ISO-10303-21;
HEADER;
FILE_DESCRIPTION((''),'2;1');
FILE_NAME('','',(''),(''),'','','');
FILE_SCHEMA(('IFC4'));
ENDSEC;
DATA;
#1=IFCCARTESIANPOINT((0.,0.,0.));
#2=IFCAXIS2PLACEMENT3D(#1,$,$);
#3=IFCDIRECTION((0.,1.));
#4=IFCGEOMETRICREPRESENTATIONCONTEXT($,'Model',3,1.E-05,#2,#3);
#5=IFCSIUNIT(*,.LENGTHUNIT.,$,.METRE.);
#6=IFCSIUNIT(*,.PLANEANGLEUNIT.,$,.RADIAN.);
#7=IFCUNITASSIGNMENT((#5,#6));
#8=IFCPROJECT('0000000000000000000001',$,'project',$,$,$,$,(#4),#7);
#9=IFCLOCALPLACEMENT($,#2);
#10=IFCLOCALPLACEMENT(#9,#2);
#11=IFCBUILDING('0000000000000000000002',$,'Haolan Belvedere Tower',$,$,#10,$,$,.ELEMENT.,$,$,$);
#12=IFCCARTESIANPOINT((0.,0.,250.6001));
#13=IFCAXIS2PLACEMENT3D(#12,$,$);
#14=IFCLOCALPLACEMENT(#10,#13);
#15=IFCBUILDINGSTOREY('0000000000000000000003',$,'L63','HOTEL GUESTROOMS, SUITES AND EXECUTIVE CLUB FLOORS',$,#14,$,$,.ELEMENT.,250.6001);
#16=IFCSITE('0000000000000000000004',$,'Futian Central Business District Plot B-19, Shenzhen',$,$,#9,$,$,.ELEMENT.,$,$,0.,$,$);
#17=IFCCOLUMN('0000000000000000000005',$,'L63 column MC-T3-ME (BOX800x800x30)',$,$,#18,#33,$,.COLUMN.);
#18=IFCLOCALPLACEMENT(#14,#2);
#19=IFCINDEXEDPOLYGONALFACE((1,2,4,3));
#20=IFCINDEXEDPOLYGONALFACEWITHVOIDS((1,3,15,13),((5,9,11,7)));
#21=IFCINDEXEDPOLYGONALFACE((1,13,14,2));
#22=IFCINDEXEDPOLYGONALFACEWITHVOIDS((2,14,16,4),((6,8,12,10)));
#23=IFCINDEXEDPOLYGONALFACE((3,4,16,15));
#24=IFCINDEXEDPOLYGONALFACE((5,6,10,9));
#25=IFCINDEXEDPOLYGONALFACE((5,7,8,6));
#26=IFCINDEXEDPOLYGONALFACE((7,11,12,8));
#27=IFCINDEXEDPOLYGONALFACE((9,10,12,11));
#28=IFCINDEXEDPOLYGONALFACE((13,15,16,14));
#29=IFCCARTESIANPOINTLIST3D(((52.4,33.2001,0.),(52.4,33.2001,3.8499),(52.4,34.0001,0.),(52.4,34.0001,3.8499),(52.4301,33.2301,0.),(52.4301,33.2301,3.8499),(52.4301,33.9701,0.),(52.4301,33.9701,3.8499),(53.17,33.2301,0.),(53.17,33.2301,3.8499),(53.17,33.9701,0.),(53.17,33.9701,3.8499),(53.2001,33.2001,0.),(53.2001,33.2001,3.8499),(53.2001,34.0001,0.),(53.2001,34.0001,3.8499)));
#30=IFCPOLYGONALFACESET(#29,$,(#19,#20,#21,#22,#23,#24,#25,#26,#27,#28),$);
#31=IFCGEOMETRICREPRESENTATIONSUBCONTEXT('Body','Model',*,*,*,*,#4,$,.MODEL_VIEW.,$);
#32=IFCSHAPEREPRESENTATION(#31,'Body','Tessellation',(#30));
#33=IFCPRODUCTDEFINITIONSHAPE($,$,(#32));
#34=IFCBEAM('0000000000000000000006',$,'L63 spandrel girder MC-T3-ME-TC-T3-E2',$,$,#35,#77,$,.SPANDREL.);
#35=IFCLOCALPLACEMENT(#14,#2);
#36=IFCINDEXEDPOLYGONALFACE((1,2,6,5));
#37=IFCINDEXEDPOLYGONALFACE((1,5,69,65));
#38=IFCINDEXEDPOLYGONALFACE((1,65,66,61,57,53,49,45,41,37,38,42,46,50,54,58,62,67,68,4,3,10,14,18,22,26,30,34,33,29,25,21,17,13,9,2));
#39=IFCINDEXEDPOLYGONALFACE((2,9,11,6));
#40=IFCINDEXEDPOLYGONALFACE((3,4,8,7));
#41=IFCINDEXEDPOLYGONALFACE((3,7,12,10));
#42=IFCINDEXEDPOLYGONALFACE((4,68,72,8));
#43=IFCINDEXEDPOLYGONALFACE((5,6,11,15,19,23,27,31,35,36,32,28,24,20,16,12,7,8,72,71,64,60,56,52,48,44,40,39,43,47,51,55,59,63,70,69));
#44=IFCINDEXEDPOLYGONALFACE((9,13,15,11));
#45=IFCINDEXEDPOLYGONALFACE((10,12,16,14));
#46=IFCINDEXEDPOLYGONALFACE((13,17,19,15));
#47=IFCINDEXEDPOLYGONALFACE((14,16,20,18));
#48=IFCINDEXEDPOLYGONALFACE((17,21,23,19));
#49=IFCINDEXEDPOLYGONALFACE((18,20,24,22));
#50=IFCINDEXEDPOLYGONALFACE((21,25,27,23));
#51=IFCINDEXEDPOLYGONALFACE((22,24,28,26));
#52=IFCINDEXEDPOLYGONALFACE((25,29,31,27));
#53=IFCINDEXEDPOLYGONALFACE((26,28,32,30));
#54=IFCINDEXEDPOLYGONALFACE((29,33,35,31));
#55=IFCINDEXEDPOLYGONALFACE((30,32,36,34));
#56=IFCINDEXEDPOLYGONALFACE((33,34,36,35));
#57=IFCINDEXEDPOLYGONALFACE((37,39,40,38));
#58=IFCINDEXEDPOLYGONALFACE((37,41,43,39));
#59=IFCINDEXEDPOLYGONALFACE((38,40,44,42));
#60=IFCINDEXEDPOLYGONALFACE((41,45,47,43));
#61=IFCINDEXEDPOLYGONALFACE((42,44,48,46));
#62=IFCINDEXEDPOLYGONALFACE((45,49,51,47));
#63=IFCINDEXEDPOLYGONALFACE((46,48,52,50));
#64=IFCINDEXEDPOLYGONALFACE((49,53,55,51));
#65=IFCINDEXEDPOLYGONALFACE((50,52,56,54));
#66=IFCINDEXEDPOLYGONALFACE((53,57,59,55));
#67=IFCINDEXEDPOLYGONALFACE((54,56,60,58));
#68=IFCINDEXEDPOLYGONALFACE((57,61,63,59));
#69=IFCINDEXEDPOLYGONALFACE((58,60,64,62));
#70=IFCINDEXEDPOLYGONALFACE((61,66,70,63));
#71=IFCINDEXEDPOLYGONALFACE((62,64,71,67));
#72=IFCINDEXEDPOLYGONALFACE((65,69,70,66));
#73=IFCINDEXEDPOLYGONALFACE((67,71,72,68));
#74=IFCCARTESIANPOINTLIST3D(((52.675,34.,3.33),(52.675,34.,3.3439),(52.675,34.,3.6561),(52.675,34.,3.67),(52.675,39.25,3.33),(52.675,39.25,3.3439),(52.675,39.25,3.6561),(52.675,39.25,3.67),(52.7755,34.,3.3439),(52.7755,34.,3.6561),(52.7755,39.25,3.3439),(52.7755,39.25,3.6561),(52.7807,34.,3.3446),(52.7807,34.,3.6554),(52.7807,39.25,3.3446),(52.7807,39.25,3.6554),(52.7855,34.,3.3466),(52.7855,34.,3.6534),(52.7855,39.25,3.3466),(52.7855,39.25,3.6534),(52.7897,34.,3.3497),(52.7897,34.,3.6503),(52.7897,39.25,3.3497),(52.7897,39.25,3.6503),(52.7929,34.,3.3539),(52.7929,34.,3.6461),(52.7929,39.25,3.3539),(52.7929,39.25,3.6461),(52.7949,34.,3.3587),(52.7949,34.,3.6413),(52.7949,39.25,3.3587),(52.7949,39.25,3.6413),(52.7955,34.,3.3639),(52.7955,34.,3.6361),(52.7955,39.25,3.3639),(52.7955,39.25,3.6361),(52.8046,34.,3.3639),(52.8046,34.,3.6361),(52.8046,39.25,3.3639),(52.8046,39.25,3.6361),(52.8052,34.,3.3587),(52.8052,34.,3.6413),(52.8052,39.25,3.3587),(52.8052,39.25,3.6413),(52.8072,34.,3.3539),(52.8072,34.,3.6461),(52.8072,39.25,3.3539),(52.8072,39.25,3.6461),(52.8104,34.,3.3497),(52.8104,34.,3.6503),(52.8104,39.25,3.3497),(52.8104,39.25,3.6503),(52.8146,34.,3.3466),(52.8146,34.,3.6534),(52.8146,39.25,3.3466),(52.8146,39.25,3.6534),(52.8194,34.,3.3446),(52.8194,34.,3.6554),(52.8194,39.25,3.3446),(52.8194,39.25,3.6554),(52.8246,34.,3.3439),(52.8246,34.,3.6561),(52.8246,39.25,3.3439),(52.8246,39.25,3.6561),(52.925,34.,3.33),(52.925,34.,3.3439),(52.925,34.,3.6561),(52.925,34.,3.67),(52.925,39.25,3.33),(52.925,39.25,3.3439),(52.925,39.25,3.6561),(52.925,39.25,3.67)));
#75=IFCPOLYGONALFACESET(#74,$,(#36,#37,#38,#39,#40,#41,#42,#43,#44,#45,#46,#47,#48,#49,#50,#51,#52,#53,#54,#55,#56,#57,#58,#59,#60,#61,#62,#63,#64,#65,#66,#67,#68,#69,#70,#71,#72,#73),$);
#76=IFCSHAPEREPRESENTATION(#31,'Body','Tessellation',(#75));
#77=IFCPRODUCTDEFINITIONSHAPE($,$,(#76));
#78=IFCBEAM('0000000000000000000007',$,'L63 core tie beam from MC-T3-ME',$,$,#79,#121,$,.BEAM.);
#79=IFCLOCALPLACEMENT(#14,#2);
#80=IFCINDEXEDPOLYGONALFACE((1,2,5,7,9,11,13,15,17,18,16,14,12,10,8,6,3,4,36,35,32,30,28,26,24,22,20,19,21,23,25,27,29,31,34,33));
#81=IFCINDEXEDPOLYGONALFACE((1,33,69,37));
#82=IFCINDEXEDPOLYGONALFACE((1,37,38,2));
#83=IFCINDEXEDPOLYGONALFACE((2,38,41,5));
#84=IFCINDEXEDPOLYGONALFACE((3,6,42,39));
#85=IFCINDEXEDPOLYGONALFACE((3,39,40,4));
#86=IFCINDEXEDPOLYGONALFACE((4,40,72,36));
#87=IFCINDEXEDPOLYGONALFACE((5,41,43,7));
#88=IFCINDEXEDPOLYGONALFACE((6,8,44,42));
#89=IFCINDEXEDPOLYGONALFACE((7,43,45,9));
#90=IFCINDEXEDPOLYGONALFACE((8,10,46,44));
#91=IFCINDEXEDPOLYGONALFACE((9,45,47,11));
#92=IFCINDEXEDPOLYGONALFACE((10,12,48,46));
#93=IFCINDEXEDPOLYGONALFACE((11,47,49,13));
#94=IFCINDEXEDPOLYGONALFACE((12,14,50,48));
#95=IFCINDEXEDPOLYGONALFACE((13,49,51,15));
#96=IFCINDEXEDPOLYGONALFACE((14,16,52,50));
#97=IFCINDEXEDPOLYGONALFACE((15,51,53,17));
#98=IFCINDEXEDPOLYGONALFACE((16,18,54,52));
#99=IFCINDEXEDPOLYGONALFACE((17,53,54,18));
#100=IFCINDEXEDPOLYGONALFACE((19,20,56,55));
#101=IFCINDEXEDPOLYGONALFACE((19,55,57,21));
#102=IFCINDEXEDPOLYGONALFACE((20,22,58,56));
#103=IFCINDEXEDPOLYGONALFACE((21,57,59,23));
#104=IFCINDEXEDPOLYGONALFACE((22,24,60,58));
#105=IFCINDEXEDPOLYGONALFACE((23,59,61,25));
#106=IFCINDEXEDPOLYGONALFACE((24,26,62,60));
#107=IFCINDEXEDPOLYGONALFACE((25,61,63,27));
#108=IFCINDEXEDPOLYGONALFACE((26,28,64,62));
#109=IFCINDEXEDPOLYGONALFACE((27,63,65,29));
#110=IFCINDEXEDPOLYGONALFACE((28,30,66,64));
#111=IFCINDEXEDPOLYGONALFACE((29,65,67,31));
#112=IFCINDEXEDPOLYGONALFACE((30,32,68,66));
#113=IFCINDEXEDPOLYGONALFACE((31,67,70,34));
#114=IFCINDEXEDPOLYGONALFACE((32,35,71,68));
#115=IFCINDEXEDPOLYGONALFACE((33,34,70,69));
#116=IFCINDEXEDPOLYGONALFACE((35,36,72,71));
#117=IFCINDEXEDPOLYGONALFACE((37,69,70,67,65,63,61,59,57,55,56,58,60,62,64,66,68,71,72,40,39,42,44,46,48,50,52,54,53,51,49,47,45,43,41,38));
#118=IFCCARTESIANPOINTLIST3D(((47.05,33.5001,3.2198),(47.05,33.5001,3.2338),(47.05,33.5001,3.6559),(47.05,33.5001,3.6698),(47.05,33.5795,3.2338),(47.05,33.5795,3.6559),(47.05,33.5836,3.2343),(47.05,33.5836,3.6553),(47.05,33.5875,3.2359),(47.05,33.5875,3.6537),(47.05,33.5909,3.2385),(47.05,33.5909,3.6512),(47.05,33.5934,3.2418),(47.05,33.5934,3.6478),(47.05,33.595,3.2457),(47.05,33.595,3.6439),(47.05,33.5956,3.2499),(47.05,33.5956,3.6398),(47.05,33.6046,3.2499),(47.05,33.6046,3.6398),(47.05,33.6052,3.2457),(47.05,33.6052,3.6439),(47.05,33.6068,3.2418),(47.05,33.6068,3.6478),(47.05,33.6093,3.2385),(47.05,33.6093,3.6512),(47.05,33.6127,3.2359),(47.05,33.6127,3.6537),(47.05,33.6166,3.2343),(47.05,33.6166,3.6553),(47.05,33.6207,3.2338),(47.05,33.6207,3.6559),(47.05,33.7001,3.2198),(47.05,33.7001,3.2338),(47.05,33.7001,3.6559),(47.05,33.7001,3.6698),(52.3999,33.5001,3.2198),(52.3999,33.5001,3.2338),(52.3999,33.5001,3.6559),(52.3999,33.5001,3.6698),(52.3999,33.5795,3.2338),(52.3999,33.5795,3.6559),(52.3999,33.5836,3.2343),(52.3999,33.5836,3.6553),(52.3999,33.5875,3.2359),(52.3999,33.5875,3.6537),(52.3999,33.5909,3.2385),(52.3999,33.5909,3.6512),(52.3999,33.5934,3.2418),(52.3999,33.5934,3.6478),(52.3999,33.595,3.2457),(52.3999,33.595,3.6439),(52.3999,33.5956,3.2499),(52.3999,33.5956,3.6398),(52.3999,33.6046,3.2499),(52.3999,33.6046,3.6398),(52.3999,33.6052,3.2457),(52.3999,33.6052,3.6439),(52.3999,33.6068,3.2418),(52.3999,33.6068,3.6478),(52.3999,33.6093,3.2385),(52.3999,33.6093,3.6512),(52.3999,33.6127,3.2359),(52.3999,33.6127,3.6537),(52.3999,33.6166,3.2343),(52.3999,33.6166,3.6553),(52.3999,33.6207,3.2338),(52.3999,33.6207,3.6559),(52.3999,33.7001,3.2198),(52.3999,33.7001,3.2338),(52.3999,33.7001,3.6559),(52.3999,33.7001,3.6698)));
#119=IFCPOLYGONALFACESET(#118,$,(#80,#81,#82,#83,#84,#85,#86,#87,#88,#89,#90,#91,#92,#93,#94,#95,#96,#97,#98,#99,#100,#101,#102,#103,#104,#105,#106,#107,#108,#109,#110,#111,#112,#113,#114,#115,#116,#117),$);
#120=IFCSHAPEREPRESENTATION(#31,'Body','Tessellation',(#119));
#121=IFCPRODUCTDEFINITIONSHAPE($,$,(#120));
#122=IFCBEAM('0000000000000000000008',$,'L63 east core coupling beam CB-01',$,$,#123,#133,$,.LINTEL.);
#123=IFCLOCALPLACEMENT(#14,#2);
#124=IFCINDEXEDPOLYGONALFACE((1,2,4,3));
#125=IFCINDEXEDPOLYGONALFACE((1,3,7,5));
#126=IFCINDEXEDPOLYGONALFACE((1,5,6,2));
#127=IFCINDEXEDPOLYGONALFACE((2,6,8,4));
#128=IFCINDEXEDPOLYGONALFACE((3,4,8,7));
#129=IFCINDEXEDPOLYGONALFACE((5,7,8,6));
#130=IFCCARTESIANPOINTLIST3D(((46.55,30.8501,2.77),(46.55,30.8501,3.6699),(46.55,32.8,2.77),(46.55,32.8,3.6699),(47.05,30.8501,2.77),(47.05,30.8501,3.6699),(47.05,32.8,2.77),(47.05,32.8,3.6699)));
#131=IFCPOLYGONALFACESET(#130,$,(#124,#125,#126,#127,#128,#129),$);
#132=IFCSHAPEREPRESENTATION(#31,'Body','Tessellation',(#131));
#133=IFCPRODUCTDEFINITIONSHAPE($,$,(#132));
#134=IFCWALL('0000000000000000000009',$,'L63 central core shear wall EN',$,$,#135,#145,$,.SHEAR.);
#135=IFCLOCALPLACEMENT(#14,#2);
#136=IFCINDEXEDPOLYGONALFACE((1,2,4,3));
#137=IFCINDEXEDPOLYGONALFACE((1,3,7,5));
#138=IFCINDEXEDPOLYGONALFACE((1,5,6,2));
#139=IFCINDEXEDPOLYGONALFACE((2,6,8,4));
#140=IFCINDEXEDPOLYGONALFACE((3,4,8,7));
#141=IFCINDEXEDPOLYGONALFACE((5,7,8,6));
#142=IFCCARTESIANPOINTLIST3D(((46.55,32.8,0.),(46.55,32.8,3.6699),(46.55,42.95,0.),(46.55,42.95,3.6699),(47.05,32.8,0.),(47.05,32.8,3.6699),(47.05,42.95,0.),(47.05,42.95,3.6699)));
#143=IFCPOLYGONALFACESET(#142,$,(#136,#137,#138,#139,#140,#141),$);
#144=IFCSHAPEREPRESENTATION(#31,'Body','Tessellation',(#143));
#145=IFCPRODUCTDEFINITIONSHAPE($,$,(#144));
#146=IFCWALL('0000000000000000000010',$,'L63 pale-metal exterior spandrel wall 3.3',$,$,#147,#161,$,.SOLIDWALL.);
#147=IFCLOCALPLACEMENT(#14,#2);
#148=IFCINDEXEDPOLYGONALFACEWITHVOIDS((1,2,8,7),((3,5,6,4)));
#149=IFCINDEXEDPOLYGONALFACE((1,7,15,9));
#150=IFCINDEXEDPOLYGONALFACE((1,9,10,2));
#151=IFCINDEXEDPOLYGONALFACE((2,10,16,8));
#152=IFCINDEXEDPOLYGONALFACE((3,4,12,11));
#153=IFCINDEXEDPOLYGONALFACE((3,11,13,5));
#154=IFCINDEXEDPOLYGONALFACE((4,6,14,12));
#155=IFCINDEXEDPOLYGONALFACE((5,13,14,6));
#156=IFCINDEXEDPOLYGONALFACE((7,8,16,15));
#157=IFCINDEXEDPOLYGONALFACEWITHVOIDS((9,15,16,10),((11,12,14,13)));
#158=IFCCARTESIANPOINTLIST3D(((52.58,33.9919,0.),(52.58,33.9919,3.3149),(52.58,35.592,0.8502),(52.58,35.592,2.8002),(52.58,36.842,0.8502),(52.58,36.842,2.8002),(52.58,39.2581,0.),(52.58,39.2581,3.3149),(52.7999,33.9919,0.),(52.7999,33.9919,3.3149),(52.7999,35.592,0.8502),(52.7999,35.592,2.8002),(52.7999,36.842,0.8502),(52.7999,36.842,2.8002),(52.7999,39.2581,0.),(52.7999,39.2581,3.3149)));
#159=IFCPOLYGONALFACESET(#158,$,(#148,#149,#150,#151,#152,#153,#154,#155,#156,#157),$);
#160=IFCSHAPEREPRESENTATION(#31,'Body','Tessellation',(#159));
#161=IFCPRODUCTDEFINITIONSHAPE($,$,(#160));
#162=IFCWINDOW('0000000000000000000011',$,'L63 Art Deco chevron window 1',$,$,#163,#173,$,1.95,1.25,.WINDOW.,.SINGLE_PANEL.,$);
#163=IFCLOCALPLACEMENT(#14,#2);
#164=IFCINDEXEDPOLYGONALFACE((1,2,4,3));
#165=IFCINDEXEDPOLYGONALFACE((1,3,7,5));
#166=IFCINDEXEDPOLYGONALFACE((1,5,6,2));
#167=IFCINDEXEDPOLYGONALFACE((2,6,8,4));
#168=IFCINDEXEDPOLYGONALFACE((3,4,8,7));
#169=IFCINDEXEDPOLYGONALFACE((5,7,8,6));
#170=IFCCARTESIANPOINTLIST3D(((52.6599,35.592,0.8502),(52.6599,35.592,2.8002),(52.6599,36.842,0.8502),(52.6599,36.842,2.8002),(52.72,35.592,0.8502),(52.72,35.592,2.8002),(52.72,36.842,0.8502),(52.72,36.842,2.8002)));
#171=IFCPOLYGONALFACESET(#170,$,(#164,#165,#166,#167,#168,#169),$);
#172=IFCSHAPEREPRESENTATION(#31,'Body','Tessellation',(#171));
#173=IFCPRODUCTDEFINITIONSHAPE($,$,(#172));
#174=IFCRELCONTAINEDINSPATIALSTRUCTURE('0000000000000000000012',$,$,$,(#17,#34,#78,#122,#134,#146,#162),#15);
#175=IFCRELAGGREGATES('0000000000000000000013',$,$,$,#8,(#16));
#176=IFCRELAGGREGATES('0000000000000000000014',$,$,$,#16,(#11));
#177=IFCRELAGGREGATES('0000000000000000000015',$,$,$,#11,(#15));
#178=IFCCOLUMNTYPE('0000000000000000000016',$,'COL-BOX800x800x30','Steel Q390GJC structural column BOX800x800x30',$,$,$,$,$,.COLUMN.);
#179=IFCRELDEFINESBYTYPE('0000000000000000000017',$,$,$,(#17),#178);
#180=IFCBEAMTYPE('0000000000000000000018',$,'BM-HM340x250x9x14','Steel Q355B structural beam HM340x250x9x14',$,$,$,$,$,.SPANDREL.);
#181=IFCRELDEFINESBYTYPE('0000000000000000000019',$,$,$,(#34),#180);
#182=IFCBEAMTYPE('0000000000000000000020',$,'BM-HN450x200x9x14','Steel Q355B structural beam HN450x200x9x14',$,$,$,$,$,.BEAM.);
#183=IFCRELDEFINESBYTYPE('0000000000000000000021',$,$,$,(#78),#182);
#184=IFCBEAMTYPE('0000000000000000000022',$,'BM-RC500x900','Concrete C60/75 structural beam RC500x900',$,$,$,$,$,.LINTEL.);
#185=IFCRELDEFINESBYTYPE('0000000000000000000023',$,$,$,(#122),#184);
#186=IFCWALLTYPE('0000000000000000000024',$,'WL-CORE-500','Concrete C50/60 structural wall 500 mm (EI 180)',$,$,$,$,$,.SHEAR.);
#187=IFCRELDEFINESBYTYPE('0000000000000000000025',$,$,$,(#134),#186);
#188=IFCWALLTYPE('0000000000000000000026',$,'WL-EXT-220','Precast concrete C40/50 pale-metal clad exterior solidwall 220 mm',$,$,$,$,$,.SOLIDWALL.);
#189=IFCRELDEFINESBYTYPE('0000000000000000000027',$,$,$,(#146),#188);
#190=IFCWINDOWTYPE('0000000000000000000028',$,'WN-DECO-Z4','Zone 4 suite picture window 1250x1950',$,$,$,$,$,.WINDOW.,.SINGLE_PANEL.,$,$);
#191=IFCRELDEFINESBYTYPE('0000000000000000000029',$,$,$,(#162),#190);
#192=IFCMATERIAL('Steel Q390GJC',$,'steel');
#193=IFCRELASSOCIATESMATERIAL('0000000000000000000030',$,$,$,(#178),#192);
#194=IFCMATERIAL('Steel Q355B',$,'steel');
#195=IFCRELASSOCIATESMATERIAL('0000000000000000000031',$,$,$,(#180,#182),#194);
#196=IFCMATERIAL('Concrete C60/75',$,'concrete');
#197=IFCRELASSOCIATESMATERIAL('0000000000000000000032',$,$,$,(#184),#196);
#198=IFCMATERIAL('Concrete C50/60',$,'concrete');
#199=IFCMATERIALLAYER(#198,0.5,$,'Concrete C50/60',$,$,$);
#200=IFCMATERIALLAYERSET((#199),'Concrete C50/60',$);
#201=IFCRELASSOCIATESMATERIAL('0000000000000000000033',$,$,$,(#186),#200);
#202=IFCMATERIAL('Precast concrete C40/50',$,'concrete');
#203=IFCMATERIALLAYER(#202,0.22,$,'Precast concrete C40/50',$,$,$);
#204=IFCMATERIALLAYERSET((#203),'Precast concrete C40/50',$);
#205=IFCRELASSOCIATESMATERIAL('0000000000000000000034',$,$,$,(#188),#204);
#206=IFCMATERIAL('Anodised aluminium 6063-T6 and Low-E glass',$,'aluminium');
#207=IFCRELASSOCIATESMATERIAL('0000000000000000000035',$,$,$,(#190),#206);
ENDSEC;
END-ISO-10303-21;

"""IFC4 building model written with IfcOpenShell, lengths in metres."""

from ifc_helpers import new_model, si_unit, direction, frame, frame_2d, origin, origin_2d, place, context, subcontext, project, spatial, rectangle, hollow_rectangle, i_section, extrude, material, layer, layer_set, material_profile, profile_set, type_object, element, fill, save


model = new_model("IFC4")

# Units and contexts
model_context = context("Model", 3, precision=1e-05, world=origin(), true_north=direction((0.0, 1.0)))
body_context = subcontext(model_context, "Body", "Model", "MODEL_VIEW")
ifc_project = project(units=[si_unit("LENGTHUNIT", "METRE"), si_unit("PLANEANGLEUNIT", "RADIAN")], contexts=[model_context])

# Site, building, storey
site_placement = place(None, origin())
site = spatial("IfcSite", under=ifc_project, at=site_placement, Name="Futian Central Business District Plot B-19, Shenzhen", CompositionType="ELEMENT", RefElevation=0.0)
building_placement = place(site_placement, origin())
building = spatial("IfcBuilding", under=site, at=building_placement, Name="Haolan Belvedere Tower", CompositionType="ELEMENT")
storey_placement = place(building_placement, frame((0.0, 0.0, 250.6001)))
storey = spatial("IfcBuildingStorey", under=building, at=storey_placement, Name="L63", Description="HOTEL GUESTROOMS, SUITES AND EXECUTIVE CLUB FLOORS", CompositionType="ELEMENT", Elevation=250.6001)

# Column
ifc_material_1 = material(Name="Steel Q390GJC", Category="steel")
ifc_material_profile_1 = material_profile(ifc_material_1, hollow_rectangle(XDim=0.8, YDim=0.8, WallThickness=0.03, at=origin_2d()), Name="Steel Q390GJC")
ifc_profile_set_1 = profile_set([ifc_material_profile_1], Name="Steel Q390GJC")
column_type = type_object("IfcColumnType", Name="COL-BOX800x800x30", Description="Steel Q390GJC structural column BOX800x800x30", PredefinedType="COLUMN", material=ifc_profile_set_1)
column_placement = place(storey_placement, frame((52.8, 33.6001, 0.0), z_axis=(0.0, 0.0, 1.0), x_axis=(1.0, 0.0, 0.0)))
element("IfcColumn", 1, at=column_placement, inside=storey, type_object=column_type, Name="L63 column MC-T3-ME (BOX800x800x30)", PredefinedType="COLUMN", context=body_context, shape_type="SweptSolid", body=[
    extrude(hollow_rectangle(XDim=0.8, YDim=0.8, WallThickness=0.03, at=origin_2d()), origin(), (0.0, 0.0, 1.0), 3.8499),
])

# Beams
ifc_material_2 = material(Name="Steel Q355B", Category="steel")
ifc_material_profile_2 = material_profile(ifc_material_2, i_section(OverallWidth=0.25, OverallDepth=0.3401, WebThickness=0.009, FlangeThickness=0.0139, FilletRadius=0.02, at=origin_2d()), Name="Steel Q355B")
ifc_profile_set_2 = profile_set([ifc_material_profile_2], Name="Steel Q355B")
beam_type_1 = type_object("IfcBeamType", Name="BM-HM340x250x9x14", Description="Steel Q355B structural beam HM340x250x9x14", PredefinedType="SPANDREL", material=ifc_profile_set_2)
beam_1_placement = place(storey_placement, frame((52.8, 34.0, 3.5), z_axis=(0.0, 1.0, 0.0), x_axis=(-1.0, 0.0, 0.0)))
element("IfcBeam", 2, at=beam_1_placement, inside=storey, type_object=beam_type_1, Name="L63 spandrel girder MC-T3-ME-TC-T3-E2", PredefinedType="SPANDREL", context=body_context, shape_type="SweptSolid", body=[
    extrude(i_section(OverallWidth=0.25, OverallDepth=0.3401, WebThickness=0.009, FlangeThickness=0.0139, FilletRadius=0.02, at=origin_2d()), origin(), (0.0, 0.0, 1.0), 5.25),
])
ifc_material_profile_3 = material_profile(ifc_material_2, i_section(OverallWidth=0.2, OverallDepth=0.45, WebThickness=0.009, FlangeThickness=0.0139, FilletRadius=0.0161, at=origin_2d()), Name="Steel Q355B")
ifc_profile_set_3 = profile_set([ifc_material_profile_3], Name="Steel Q355B")
beam_type_2 = type_object("IfcBeamType", Name="BM-HN450x200x9x14", Description="Steel Q355B structural beam HN450x200x9x14", PredefinedType="BEAM", material=ifc_profile_set_3)
beam_2_placement = place(storey_placement, frame((52.3999, 33.6001, 3.4448), z_axis=(-1.0, 0.0, 0.0), x_axis=(0.0, -1.0, 0.0)))
element("IfcBeam", 3, at=beam_2_placement, inside=storey, type_object=beam_type_2, Name="L63 core tie beam from MC-T3-ME", PredefinedType="BEAM", context=body_context, shape_type="SweptSolid", body=[
    extrude(i_section(OverallWidth=0.2, OverallDepth=0.45, WebThickness=0.009, FlangeThickness=0.0139, FilletRadius=0.0161, at=origin_2d()), origin(), (0.0, 0.0, 1.0), 5.3499),
])
ifc_material_3 = material(Name="Concrete C60/75", Category="concrete")
ifc_material_profile_4 = material_profile(ifc_material_3, rectangle(XDim=0.5, YDim=0.8999, at=origin_2d()), Name="Concrete C60/75")
ifc_profile_set_4 = profile_set([ifc_material_profile_4], Name="Concrete C60/75")
beam_type_3 = type_object("IfcBeamType", Name="BM-RC500x900", Description="Concrete C60/75 structural beam RC500x900", PredefinedType="LINTEL", material=ifc_profile_set_4)
beam_3_placement = place(storey_placement, frame((46.8, 30.8501, 3.22), z_axis=(0.0, 1.0, 0.0), x_axis=(-1.0, 0.0, 0.0)))
element("IfcBeam", 4, at=beam_3_placement, inside=storey, type_object=beam_type_3, Name="L63 east core coupling beam CB-01", PredefinedType="LINTEL", context=body_context, shape_type="SweptSolid", body=[
    extrude(rectangle(XDim=0.5, YDim=0.8999, at=origin_2d()), origin(), (0.0, 0.0, 1.0), 1.95),
])

# Wall
ifc_material_4 = material(Name="Concrete C50/60", Category="concrete")
ifc_layer_1 = layer(ifc_material_4, 0.5, Name="Concrete C50/60")
ifc_layer_set_1 = layer_set([ifc_layer_1], Name="Concrete C50/60")
wall_type_1 = type_object("IfcWallType", Name="WL-CORE-500", Description="Concrete C50/60 structural wall 500 mm (EI 180)", PredefinedType="SHEAR", material=ifc_layer_set_1)
wall_1_placement = place(storey_placement, frame((46.8, 32.8, 0.0), z_axis=(0.0, 0.0, 1.0), x_axis=(0.0, 1.0, 0.0)))
element("IfcWall", 5, at=wall_1_placement, inside=storey, type_object=wall_type_1, Name="L63 central core shear wall EN", PredefinedType="SHEAR", context=body_context, shape_type="SweptSolid", body=[
    extrude(rectangle(XDim=10.1499, YDim=0.5, at=frame_2d((5.075, 0.0))), origin(), (0.0, 0.0, 1.0), 3.6699),
])

# Wall, opening, window
ifc_material_5 = material(Name="Precast concrete C40/50", Category="concrete")
ifc_layer_2 = layer(ifc_material_5, 0.22, Name="Precast concrete C40/50")
ifc_layer_set_2 = layer_set([ifc_layer_2], Name="Precast concrete C40/50")
wall_type_2 = type_object("IfcWallType", Name="WL-EXT-220", Description="Precast concrete C40/50 pale-metal clad exterior solidwall 220 mm", PredefinedType="SOLIDWALL", material=ifc_layer_set_2)
wall_2_placement = place(storey_placement, frame((52.6899, 33.9919, 0.0), z_axis=(0.0, 0.0, 1.0), x_axis=(0.0, 1.0, 0.0)))
wall_2 = element("IfcWall", 6, at=wall_2_placement, inside=storey, type_object=wall_type_2, Name="L63 pale-metal exterior spandrel wall 3.3", PredefinedType="SOLIDWALL", context=body_context, shape_type="SweptSolid", body=[
    extrude(rectangle(XDim=5.2661, YDim=0.22, at=frame_2d((2.6331, 0.0))), origin(), (0.0, 0.0, 1.0), 3.3149),
])
opening_1_placement = place(wall_2_placement, frame((1.6001, 0.0, 0.8501)))
opening_1 = element("IfcOpeningElement", 7, at=opening_1_placement, cuts=wall_2, PredefinedType="OPENING", context=body_context, shape_type="SweptSolid", body=[
    extrude(rectangle(XDim=1.25, YDim=1.95, at=frame_2d((0.625, 0.9751))), frame((0.0, 0.1199, 0.0), z_axis=(0.0, -1.0, 0.0), x_axis=(1.0, 0.0, 0.0)), (0.0, 0.0, 1.0), 0.24),
])
ifc_material_6 = material(Name="Anodised aluminium 6063-T6 and Low-E glass", Category="aluminium")
window_type = type_object("IfcWindowType", Name="WN-DECO-Z4", Description="Zone 4 suite picture window 1250x1950", PartitioningType="SINGLE_PANEL", PredefinedType="WINDOW", material=ifc_material_6)
window_placement = place(opening_1_placement, origin())
window = element("IfcWindow", 8, at=window_placement, inside=storey, type_object=window_type, Name="L63 Art Deco chevron window 1", OverallHeight=1.95, OverallWidth=1.25, PartitioningType="SINGLE_PANEL", PredefinedType="WINDOW", context=body_context, shape_type="SweptSolid", body=[
    extrude(rectangle(XDim=1.25, YDim=1.95, at=frame_2d((0.625, 0.9751))), frame((0.0, 0.03, 0.0), z_axis=(0.0, -1.0, 0.0), x_axis=(1.0, 0.0, 0.0)), (0.0, 0.0, 1.0), 0.0601),
])
fill(opening_1, window)

save(model, "model.ifc")
